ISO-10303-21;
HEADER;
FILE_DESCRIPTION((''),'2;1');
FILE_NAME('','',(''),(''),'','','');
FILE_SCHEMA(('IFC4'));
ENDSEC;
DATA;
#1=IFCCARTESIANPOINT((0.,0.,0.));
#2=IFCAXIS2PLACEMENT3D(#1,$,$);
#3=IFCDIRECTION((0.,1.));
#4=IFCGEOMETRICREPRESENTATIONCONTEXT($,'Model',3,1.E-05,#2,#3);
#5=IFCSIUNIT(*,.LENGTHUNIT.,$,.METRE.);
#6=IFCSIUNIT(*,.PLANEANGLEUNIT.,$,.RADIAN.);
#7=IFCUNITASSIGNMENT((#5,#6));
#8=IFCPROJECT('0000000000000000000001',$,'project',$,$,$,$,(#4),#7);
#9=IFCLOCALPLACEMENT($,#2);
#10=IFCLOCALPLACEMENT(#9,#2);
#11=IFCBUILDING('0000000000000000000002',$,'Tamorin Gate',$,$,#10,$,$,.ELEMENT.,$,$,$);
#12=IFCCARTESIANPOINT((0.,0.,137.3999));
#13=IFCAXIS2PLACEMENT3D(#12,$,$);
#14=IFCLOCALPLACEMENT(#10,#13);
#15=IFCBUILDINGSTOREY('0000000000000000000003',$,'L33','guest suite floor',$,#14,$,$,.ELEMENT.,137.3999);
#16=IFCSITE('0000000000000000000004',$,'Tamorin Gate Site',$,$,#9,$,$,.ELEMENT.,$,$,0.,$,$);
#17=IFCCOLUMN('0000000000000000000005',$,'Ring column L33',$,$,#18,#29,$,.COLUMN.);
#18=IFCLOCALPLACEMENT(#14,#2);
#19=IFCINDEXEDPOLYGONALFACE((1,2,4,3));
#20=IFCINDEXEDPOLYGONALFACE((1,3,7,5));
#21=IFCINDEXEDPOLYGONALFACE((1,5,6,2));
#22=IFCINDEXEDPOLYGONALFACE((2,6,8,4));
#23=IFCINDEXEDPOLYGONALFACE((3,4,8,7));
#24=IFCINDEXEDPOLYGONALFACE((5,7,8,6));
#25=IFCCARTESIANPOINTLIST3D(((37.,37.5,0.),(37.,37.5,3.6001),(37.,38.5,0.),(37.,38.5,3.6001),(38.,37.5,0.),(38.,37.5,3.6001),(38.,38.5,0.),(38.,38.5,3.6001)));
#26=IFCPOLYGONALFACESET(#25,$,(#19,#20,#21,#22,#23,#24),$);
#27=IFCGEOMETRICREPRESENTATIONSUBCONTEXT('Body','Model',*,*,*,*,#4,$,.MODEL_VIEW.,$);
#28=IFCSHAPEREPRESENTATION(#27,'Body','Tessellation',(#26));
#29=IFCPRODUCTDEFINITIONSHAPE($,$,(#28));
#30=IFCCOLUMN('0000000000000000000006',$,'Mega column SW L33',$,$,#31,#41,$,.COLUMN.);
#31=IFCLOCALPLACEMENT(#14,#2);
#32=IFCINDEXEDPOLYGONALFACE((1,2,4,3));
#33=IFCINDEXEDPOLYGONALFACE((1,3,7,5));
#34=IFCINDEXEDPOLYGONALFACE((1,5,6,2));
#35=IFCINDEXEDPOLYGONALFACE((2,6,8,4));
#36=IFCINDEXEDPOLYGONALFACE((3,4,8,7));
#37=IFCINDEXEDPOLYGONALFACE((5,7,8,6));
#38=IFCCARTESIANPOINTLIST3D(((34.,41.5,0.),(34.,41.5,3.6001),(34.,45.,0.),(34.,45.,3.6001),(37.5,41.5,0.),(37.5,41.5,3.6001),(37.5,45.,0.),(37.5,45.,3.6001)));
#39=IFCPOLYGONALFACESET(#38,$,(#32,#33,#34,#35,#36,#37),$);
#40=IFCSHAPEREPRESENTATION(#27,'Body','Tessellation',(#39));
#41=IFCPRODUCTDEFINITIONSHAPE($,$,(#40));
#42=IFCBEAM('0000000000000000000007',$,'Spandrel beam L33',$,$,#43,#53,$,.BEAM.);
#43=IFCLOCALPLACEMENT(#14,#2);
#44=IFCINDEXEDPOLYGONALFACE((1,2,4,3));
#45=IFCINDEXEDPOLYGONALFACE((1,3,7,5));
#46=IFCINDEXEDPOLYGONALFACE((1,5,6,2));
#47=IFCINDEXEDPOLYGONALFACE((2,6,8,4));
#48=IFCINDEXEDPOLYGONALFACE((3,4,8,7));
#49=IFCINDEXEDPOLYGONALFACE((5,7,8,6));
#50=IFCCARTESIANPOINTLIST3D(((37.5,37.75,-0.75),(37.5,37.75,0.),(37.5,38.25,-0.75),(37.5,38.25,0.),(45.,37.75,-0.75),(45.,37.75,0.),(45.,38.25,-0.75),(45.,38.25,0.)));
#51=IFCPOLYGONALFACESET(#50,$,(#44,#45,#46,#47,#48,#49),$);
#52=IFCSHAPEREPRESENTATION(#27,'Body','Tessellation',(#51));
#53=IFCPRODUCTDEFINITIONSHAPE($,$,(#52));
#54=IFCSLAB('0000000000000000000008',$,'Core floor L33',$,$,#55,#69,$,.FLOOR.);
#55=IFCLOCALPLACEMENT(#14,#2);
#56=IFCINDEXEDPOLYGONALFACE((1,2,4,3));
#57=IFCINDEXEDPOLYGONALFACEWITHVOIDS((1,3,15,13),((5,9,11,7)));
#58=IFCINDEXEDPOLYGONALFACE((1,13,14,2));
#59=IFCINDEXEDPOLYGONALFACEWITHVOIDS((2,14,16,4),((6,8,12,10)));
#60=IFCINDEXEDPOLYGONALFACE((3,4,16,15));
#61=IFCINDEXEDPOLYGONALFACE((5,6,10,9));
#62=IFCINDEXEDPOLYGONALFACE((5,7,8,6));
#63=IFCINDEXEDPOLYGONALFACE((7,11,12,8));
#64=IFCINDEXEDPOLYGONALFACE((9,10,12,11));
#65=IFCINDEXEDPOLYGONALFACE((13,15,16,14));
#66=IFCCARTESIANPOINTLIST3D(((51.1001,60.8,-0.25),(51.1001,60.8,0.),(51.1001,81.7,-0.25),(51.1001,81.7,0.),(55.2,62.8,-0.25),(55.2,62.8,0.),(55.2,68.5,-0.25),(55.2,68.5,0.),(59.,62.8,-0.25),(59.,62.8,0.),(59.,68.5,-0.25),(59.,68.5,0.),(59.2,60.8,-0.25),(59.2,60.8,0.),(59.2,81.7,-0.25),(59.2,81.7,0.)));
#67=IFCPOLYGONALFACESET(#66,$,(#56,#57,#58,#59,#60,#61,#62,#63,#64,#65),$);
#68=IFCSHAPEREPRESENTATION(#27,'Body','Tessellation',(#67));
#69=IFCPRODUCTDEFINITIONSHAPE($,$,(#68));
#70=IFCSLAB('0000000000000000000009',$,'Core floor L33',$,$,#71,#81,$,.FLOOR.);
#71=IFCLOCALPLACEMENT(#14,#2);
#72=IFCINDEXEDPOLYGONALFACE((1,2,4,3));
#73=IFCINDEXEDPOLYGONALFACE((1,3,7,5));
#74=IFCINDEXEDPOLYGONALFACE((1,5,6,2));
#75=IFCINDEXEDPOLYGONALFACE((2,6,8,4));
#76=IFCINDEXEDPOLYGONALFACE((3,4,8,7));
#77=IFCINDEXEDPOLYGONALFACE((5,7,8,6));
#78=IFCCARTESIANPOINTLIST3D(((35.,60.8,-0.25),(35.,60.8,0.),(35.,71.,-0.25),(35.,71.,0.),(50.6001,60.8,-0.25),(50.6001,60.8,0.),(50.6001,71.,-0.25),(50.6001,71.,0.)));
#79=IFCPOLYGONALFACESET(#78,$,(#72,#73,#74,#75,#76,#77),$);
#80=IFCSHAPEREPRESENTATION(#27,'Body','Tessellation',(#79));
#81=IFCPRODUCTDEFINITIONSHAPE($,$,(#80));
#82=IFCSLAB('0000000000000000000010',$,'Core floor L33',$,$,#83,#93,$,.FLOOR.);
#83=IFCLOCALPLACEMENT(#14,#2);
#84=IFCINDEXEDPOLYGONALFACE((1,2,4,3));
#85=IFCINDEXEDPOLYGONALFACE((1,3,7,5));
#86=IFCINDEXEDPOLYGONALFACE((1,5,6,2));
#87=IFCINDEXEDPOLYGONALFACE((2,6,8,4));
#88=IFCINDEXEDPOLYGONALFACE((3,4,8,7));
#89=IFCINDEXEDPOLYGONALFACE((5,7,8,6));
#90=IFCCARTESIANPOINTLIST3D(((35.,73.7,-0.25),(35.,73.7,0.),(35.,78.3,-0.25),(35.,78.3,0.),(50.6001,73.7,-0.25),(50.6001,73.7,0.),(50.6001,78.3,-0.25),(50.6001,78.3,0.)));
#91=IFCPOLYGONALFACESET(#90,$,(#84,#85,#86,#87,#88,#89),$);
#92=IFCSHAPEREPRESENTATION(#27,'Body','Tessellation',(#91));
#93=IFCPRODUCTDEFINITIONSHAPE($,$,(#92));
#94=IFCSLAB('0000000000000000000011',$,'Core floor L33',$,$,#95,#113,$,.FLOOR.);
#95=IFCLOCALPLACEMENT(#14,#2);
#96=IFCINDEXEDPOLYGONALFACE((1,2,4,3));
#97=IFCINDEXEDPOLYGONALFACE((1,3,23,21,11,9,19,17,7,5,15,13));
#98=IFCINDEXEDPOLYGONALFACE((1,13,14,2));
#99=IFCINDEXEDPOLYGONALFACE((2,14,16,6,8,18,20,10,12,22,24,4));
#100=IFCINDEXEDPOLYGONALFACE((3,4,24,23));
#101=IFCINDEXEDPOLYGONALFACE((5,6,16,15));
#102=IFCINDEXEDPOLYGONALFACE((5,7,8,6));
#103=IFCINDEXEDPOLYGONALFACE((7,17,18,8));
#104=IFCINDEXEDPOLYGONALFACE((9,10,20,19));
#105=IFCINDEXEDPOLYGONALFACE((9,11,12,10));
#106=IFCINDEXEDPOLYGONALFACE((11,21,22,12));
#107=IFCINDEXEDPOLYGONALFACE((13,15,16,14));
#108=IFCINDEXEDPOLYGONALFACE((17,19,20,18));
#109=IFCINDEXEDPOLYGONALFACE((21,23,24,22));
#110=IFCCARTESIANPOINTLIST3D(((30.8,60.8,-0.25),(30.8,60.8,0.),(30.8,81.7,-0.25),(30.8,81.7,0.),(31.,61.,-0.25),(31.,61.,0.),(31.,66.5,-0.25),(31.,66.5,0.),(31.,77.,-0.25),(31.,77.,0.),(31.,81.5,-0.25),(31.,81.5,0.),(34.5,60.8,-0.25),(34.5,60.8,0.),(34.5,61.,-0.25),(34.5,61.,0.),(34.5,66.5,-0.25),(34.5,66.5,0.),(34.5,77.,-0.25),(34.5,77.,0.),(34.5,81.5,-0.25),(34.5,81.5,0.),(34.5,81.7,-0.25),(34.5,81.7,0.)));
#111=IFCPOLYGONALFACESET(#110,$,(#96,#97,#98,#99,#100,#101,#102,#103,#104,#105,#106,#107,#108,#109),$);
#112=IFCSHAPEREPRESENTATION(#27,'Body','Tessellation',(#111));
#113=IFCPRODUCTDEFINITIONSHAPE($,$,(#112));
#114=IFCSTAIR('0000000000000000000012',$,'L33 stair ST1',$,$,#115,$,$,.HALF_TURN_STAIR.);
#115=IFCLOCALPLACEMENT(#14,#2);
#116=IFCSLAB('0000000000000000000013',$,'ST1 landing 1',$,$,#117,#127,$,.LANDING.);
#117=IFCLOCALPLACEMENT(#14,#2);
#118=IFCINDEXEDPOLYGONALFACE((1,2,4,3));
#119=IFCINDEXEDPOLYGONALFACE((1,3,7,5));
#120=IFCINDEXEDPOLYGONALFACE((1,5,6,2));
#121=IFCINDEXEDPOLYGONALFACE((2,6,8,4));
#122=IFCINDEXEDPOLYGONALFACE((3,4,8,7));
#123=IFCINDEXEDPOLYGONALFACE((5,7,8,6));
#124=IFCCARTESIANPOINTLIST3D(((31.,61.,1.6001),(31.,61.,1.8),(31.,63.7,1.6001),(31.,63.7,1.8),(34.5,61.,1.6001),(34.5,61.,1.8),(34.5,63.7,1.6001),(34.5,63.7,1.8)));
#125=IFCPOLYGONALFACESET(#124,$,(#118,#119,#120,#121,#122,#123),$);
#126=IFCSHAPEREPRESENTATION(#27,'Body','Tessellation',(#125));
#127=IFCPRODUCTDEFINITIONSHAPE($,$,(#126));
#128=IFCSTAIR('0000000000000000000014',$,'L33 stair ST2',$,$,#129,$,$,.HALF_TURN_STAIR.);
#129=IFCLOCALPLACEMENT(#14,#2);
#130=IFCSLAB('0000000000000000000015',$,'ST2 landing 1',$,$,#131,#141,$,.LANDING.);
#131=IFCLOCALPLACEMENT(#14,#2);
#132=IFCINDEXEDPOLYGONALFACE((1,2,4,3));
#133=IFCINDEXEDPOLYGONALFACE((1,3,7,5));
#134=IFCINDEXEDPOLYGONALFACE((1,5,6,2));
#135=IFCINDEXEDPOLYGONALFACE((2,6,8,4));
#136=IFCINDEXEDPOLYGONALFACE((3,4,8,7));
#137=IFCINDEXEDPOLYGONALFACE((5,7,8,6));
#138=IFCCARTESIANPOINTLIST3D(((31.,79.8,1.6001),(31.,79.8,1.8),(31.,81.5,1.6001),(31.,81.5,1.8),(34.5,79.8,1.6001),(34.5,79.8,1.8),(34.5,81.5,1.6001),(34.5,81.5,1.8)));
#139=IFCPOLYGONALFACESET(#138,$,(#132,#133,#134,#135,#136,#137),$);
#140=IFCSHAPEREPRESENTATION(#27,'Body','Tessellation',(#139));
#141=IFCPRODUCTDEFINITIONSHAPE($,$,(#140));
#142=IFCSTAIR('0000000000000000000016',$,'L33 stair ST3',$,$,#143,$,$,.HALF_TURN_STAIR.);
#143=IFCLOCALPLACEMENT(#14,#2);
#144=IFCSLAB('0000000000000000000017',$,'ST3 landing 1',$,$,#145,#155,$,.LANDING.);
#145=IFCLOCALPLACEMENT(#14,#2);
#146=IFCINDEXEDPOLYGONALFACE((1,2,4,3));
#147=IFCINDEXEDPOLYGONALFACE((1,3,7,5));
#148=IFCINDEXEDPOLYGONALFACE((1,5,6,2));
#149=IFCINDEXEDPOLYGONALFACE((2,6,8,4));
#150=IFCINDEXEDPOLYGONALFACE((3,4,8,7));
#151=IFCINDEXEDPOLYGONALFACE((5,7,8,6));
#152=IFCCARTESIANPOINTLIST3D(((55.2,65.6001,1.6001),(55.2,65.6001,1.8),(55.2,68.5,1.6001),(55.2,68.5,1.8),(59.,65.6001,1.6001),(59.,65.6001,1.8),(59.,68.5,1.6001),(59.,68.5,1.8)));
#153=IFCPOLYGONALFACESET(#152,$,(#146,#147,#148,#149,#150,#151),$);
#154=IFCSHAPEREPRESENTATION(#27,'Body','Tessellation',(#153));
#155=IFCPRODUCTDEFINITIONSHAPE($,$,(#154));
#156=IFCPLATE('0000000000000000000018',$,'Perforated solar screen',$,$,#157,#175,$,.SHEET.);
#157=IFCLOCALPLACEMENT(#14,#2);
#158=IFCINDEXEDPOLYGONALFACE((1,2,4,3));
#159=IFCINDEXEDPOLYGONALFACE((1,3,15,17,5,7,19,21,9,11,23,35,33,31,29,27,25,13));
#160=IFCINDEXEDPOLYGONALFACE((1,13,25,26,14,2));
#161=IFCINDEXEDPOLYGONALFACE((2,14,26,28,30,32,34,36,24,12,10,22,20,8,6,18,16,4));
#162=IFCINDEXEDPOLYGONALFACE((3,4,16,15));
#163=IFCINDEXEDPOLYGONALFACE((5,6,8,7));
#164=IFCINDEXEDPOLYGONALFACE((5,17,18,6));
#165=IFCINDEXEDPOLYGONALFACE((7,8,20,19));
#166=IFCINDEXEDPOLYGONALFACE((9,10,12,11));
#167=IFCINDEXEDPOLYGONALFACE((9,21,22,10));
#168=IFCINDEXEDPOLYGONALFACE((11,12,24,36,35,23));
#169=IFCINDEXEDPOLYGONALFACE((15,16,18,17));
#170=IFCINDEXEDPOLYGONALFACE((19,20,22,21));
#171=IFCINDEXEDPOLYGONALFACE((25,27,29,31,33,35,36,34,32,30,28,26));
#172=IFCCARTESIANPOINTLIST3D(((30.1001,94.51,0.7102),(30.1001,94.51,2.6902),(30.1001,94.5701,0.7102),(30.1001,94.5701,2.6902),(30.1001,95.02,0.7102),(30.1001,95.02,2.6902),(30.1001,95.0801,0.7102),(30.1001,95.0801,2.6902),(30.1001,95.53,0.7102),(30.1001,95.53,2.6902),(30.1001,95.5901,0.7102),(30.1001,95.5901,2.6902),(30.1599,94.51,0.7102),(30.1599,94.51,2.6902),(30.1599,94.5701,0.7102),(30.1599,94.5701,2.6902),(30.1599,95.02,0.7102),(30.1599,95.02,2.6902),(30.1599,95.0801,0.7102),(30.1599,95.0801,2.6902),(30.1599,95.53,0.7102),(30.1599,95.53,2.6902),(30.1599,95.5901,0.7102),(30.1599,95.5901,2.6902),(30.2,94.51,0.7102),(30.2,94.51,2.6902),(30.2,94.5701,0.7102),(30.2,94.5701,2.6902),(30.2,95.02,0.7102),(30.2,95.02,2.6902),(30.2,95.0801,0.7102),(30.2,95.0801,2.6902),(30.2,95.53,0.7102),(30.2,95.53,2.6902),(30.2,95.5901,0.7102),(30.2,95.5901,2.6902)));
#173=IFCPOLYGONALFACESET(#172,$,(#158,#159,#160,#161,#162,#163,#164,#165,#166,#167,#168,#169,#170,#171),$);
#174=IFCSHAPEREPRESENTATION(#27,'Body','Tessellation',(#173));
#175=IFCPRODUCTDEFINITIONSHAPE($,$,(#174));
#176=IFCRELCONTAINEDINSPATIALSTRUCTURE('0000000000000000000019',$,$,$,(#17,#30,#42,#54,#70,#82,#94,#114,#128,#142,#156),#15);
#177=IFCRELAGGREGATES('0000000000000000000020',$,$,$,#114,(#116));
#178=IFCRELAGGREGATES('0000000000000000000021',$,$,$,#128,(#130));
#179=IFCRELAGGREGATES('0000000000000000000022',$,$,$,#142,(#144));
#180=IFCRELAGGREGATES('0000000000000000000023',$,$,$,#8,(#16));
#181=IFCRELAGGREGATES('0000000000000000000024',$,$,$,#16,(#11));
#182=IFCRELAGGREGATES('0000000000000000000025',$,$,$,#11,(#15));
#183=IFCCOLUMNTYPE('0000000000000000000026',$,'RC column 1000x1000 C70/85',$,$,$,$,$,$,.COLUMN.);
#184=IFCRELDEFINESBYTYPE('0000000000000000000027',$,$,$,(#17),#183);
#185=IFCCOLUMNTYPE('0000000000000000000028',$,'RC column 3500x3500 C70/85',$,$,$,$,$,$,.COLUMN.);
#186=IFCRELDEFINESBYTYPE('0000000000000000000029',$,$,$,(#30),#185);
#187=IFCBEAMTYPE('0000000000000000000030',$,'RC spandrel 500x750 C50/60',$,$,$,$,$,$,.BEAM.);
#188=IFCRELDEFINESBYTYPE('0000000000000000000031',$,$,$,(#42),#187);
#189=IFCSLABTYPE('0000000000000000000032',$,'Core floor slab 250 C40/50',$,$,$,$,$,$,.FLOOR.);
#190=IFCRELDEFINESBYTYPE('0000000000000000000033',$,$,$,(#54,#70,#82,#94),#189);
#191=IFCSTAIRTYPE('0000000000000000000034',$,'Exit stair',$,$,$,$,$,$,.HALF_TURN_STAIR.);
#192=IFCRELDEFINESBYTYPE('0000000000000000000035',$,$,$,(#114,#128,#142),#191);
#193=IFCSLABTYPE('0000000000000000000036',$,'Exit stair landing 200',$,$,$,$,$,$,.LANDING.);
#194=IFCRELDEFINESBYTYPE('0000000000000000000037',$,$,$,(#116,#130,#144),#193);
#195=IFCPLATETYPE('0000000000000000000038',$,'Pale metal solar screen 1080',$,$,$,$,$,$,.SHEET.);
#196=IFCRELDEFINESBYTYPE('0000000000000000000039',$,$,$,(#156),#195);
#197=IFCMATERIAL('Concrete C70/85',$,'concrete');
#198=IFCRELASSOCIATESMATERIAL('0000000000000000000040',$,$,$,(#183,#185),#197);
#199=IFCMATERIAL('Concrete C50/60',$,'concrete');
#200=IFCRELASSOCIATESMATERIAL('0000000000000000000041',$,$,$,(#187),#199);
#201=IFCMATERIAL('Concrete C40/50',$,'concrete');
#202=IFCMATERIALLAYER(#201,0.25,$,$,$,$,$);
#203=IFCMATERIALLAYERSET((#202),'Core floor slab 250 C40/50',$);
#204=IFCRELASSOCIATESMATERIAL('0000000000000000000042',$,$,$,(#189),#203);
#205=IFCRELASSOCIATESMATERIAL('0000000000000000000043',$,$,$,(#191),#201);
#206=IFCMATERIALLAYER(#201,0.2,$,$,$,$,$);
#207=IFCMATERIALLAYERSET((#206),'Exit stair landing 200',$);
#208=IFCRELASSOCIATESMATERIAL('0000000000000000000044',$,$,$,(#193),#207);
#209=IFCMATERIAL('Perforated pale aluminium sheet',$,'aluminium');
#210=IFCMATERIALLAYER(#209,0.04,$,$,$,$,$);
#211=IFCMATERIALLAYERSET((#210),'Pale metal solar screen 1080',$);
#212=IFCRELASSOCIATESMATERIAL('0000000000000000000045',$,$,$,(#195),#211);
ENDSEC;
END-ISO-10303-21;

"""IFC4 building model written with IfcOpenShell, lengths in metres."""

from ifc_helpers import new_model, si_unit, direction, frame, origin, origin_2d, place, context, subcontext, project, spatial, polyline, rectangle, outline, extrude, material, layer, layer_set, material_profile, profile_set, type_object, element, aggregate, save


model = new_model("IFC4")

# Units and contexts
model_context = context("Model", 3, precision=1e-05, world=origin(), true_north=direction((0.0, 1.0)))
body_context = subcontext(model_context, "Body", "Model", "MODEL_VIEW")
ifc_project = project(units=[si_unit("LENGTHUNIT", "METRE"), si_unit("PLANEANGLEUNIT", "RADIAN")], contexts=[model_context])

# Site, building, storey
site_placement = place(None, origin())
site = spatial("IfcSite", under=ifc_project, at=site_placement, Name="Tamorin Gate Site", CompositionType="ELEMENT", RefElevation=0.0)
building_placement = place(site_placement, origin())
building = spatial("IfcBuilding", under=site, at=building_placement, Name="Tamorin Gate", CompositionType="ELEMENT")
storey_placement = place(building_placement, frame((0.0, 0.0, 137.3999)))
storey = spatial("IfcBuildingStorey", under=building, at=storey_placement, Name="L33", Description="guest suite floor", CompositionType="ELEMENT", Elevation=137.3999)

# Columns
ifc_material_1 = material(Name="Concrete C70/85", Category="concrete")
ifc_material_profile_1 = material_profile(ifc_material_1, rectangle(XDim=1.0, YDim=1.0, at=origin_2d()), Name="RC 1000x1000")
ifc_profile_set_1 = profile_set([ifc_material_profile_1], Name="Concrete C70/85")
column_type_1 = type_object("IfcColumnType", Name="RC column 1000x1000 C70/85", PredefinedType="COLUMN", material=ifc_profile_set_1)
column_1_placement = place(storey_placement, frame((37.5, 38.0, 0.0), z_axis=(0.0, 0.0, 1.0), x_axis=(1.0, 0.0, 0.0)))
element("IfcColumn", 1, at=column_1_placement, inside=storey, type_object=column_type_1, Name="Ring column L33", PredefinedType="COLUMN", context=body_context, shape_type="SweptSolid", body=[
    extrude(rectangle(XDim=1.0, YDim=1.0, at=origin_2d()), origin(), (0.0, 0.0, 1.0), 3.6001),
])
ifc_material_profile_2 = material_profile(ifc_material_1, rectangle(XDim=3.5, YDim=3.5, at=origin_2d()), Name="RC 3500x3500")
ifc_profile_set_2 = profile_set([ifc_material_profile_2], Name="Concrete C70/85")
column_type_2 = type_object("IfcColumnType", Name="RC column 3500x3500 C70/85", PredefinedType="COLUMN", material=ifc_profile_set_2)
column_2_placement = place(storey_placement, frame((35.75, 43.25, 0.0), z_axis=(0.0, 0.0, 1.0), x_axis=(1.0, 0.0, 0.0)))
element("IfcColumn", 2, at=column_2_placement, inside=storey, type_object=column_type_2, Name="Mega column SW L33", PredefinedType="COLUMN", context=body_context, shape_type="SweptSolid", body=[
    extrude(rectangle(XDim=3.5, YDim=3.5, at=origin_2d()), origin(), (0.0, 0.0, 1.0), 3.6001),
])

# Beam
ifc_material_2 = material(Name="Concrete C50/60", Category="concrete")
ifc_material_profile_3 = material_profile(ifc_material_2, rectangle(XDim=0.5, YDim=0.75, at=origin_2d()), Name="RC 500x750")
ifc_profile_set_3 = profile_set([ifc_material_profile_3], Name="Concrete C50/60")
beam_type = type_object("IfcBeamType", Name="RC spandrel 500x750 C50/60", PredefinedType="BEAM", material=ifc_profile_set_3)
beam_placement = place(storey_placement, frame((37.5, 38.0, -0.375), z_axis=(1.0, 0.0, 0.0), x_axis=(0.0, 1.0, 0.0)))
element("IfcBeam", 3, at=beam_placement, inside=storey, type_object=beam_type, Name="Spandrel beam L33", PredefinedType="BEAM", context=body_context, shape_type="SweptSolid", body=[
    extrude(rectangle(XDim=0.5, YDim=0.75, at=origin_2d()), origin(), (0.0, 0.0, 1.0), 7.5),
])

# Slabs
ifc_material_3 = material(Name="Concrete C40/50", Category="concrete")
ifc_layer_1 = layer(ifc_material_3, 0.25)
ifc_layer_set_1 = layer_set([ifc_layer_1], Name="Core floor slab 250 C40/50")
slab_type_1 = type_object("IfcSlabType", Name="Core floor slab 250 C40/50", PredefinedType="FLOOR", material=ifc_layer_set_1)
slab_1_placement = place(storey_placement, frame((0.0, 0.0, -0.25)))
element("IfcSlab", 4, at=slab_1_placement, inside=storey, type_object=slab_type_1, Name="Core floor L33", PredefinedType="FLOOR", context=body_context, shape_type="SweptSolid", body=[
    extrude(outline(polyline([(51.1001, 81.7), (59.2, 81.7), (59.2, 60.8), (51.1001, 60.8), (51.1001, 81.7)]), holes=[polyline([(55.2, 62.8), (59.0, 62.8), (59.0, 68.5), (55.2, 68.5), (55.2, 62.8)])]), origin(), (0.0, 0.0, 1.0), 0.25),
])
slab_2_placement = place(storey_placement, frame((0.0, 0.0, -0.25)))
element("IfcSlab", 5, at=slab_2_placement, inside=storey, type_object=slab_type_1, Name="Core floor L33", PredefinedType="FLOOR", context=body_context, shape_type="SweptSolid", body=[
    extrude(outline(polyline([(50.6001, 71.0), (50.6001, 60.8), (35.0, 60.8), (35.0, 71.0), (50.6001, 71.0)])), origin(), (0.0, 0.0, 1.0), 0.25),
])
slab_3_placement = place(storey_placement, frame((0.0, 0.0, -0.25)))
element("IfcSlab", 6, at=slab_3_placement, inside=storey, type_object=slab_type_1, Name="Core floor L33", PredefinedType="FLOOR", context=body_context, shape_type="SweptSolid", body=[
    extrude(outline(polyline([(50.6001, 73.7), (35.0, 73.7), (35.0, 78.3), (50.6001, 78.3), (50.6001, 73.7)])), origin(), (0.0, 0.0, 1.0), 0.25),
])
slab_4_placement = place(storey_placement, frame((0.0, 0.0, -0.25)))
element("IfcSlab", 7, at=slab_4_placement, inside=storey, type_object=slab_type_1, Name="Core floor L33", PredefinedType="FLOOR", context=body_context, shape_type="SweptSolid", body=[
    extrude(outline(polyline([(34.5, 60.8), (30.8, 60.8), (30.8, 81.7), (34.5, 81.7), (34.5, 81.5), (31.0, 81.5), (31.0, 77.0), (34.5, 77.0), (34.5, 66.5), (31.0, 66.5), (31.0, 61.0), (34.5, 61.0), (34.5, 60.8)])), origin(), (0.0, 0.0, 1.0), 0.25),
])

# Stairs, slabs
stair_type = type_object("IfcStairType", Name="Exit stair", PredefinedType="HALF_TURN_STAIR", material=ifc_material_3)
stair_1_placement = place(storey_placement, origin())
stair_1 = element("IfcStair", 8, at=stair_1_placement, inside=storey, type_object=stair_type, Name="L33 stair ST1", PredefinedType="HALF_TURN_STAIR")
ifc_layer_2 = layer(ifc_material_3, 0.2)
ifc_layer_set_2 = layer_set([ifc_layer_2], Name="Exit stair landing 200")
slab_type_2 = type_object("IfcSlabType", Name="Exit stair landing 200", PredefinedType="LANDING", material=ifc_layer_set_2)
slab_5_placement = place(storey_placement, frame((0.0, 0.0, 1.6001)))
slab_5 = element("IfcSlab", 9, at=slab_5_placement, type_object=slab_type_2, Name="ST1 landing 1", PredefinedType="LANDING", context=body_context, shape_type="SweptSolid", body=[
    extrude(outline(polyline([(31.0, 63.7), (31.0, 61.0), (34.5, 61.0), (34.5, 63.7), (31.0, 63.7)])), origin(), (0.0, 0.0, 1.0), 0.2),
])
aggregate(stair_1, [slab_5])
stair_2_placement = place(storey_placement, origin())
stair_2 = element("IfcStair", 10, at=stair_2_placement, inside=storey, type_object=stair_type, Name="L33 stair ST2", PredefinedType="HALF_TURN_STAIR")
slab_6_placement = place(storey_placement, frame((0.0, 0.0, 1.6001)))
slab_6 = element("IfcSlab", 11, at=slab_6_placement, type_object=slab_type_2, Name="ST2 landing 1", PredefinedType="LANDING", context=body_context, shape_type="SweptSolid", body=[
    extrude(outline(polyline([(34.5, 79.8), (34.5, 81.5), (31.0, 81.5), (31.0, 79.8), (34.5, 79.8)])), origin(), (0.0, 0.0, 1.0), 0.2),
])
aggregate(stair_2, [slab_6])
stair_3_placement = place(storey_placement, origin())
stair_3 = element("IfcStair", 12, at=stair_3_placement, inside=storey, type_object=stair_type, Name="L33 stair ST3", PredefinedType="HALF_TURN_STAIR")
slab_7_placement = place(storey_placement, frame((0.0, 0.0, 1.6001)))
slab_7 = element("IfcSlab", 13, at=slab_7_placement, type_object=slab_type_2, Name="ST3 landing 1", PredefinedType="LANDING", context=body_context, shape_type="SweptSolid", body=[
    extrude(outline(polyline([(59.0, 65.6001), (59.0, 68.5), (55.2, 68.5), (55.2, 65.6001), (59.0, 65.6001)])), origin(), (0.0, 0.0, 1.0), 0.2),
])
aggregate(stair_3, [slab_7])

# Plate
ifc_material_4 = material(Name="Perforated pale aluminium sheet", Category="aluminium")
ifc_layer_3 = layer(ifc_material_4, 0.04)
ifc_layer_set_3 = layer_set([ifc_layer_3], Name="Pale metal solar screen 1080")
plate_type_1 = type_object("IfcPlateType", Name="Pale metal solar screen 1080", PredefinedType="SHEET", material=ifc_layer_set_3)
plate_1_placement = place(storey_placement, frame((0.0, 0.0, 0.7102)))
element("IfcPlate", 14, at=plate_1_placement, inside=storey, type_object=plate_type_1, Name="Perforated solar screen", PredefinedType="SHEET", context=body_context, shape_type="SweptSolid", body=[
    extrude(outline(polyline([(30.1599, 95.5901), (30.2, 95.5901), (30.2, 95.53), (30.2, 95.0801), (30.2, 95.02), (30.2, 94.5701), (30.2, 94.51), (30.1599, 94.51), (30.1001, 94.51), (30.1001, 94.5701), (30.1599, 94.5701), (30.1599, 95.02), (30.1001, 95.02), (30.1001, 95.0801), (30.1599, 95.0801), (30.1599, 95.53), (30.1001, 95.53), (30.1001, 95.5901), (30.1599, 95.5901)])), origin(), (0.0, 0.0, 1.0), 1.98),
])

save(model, "model.ifc")
